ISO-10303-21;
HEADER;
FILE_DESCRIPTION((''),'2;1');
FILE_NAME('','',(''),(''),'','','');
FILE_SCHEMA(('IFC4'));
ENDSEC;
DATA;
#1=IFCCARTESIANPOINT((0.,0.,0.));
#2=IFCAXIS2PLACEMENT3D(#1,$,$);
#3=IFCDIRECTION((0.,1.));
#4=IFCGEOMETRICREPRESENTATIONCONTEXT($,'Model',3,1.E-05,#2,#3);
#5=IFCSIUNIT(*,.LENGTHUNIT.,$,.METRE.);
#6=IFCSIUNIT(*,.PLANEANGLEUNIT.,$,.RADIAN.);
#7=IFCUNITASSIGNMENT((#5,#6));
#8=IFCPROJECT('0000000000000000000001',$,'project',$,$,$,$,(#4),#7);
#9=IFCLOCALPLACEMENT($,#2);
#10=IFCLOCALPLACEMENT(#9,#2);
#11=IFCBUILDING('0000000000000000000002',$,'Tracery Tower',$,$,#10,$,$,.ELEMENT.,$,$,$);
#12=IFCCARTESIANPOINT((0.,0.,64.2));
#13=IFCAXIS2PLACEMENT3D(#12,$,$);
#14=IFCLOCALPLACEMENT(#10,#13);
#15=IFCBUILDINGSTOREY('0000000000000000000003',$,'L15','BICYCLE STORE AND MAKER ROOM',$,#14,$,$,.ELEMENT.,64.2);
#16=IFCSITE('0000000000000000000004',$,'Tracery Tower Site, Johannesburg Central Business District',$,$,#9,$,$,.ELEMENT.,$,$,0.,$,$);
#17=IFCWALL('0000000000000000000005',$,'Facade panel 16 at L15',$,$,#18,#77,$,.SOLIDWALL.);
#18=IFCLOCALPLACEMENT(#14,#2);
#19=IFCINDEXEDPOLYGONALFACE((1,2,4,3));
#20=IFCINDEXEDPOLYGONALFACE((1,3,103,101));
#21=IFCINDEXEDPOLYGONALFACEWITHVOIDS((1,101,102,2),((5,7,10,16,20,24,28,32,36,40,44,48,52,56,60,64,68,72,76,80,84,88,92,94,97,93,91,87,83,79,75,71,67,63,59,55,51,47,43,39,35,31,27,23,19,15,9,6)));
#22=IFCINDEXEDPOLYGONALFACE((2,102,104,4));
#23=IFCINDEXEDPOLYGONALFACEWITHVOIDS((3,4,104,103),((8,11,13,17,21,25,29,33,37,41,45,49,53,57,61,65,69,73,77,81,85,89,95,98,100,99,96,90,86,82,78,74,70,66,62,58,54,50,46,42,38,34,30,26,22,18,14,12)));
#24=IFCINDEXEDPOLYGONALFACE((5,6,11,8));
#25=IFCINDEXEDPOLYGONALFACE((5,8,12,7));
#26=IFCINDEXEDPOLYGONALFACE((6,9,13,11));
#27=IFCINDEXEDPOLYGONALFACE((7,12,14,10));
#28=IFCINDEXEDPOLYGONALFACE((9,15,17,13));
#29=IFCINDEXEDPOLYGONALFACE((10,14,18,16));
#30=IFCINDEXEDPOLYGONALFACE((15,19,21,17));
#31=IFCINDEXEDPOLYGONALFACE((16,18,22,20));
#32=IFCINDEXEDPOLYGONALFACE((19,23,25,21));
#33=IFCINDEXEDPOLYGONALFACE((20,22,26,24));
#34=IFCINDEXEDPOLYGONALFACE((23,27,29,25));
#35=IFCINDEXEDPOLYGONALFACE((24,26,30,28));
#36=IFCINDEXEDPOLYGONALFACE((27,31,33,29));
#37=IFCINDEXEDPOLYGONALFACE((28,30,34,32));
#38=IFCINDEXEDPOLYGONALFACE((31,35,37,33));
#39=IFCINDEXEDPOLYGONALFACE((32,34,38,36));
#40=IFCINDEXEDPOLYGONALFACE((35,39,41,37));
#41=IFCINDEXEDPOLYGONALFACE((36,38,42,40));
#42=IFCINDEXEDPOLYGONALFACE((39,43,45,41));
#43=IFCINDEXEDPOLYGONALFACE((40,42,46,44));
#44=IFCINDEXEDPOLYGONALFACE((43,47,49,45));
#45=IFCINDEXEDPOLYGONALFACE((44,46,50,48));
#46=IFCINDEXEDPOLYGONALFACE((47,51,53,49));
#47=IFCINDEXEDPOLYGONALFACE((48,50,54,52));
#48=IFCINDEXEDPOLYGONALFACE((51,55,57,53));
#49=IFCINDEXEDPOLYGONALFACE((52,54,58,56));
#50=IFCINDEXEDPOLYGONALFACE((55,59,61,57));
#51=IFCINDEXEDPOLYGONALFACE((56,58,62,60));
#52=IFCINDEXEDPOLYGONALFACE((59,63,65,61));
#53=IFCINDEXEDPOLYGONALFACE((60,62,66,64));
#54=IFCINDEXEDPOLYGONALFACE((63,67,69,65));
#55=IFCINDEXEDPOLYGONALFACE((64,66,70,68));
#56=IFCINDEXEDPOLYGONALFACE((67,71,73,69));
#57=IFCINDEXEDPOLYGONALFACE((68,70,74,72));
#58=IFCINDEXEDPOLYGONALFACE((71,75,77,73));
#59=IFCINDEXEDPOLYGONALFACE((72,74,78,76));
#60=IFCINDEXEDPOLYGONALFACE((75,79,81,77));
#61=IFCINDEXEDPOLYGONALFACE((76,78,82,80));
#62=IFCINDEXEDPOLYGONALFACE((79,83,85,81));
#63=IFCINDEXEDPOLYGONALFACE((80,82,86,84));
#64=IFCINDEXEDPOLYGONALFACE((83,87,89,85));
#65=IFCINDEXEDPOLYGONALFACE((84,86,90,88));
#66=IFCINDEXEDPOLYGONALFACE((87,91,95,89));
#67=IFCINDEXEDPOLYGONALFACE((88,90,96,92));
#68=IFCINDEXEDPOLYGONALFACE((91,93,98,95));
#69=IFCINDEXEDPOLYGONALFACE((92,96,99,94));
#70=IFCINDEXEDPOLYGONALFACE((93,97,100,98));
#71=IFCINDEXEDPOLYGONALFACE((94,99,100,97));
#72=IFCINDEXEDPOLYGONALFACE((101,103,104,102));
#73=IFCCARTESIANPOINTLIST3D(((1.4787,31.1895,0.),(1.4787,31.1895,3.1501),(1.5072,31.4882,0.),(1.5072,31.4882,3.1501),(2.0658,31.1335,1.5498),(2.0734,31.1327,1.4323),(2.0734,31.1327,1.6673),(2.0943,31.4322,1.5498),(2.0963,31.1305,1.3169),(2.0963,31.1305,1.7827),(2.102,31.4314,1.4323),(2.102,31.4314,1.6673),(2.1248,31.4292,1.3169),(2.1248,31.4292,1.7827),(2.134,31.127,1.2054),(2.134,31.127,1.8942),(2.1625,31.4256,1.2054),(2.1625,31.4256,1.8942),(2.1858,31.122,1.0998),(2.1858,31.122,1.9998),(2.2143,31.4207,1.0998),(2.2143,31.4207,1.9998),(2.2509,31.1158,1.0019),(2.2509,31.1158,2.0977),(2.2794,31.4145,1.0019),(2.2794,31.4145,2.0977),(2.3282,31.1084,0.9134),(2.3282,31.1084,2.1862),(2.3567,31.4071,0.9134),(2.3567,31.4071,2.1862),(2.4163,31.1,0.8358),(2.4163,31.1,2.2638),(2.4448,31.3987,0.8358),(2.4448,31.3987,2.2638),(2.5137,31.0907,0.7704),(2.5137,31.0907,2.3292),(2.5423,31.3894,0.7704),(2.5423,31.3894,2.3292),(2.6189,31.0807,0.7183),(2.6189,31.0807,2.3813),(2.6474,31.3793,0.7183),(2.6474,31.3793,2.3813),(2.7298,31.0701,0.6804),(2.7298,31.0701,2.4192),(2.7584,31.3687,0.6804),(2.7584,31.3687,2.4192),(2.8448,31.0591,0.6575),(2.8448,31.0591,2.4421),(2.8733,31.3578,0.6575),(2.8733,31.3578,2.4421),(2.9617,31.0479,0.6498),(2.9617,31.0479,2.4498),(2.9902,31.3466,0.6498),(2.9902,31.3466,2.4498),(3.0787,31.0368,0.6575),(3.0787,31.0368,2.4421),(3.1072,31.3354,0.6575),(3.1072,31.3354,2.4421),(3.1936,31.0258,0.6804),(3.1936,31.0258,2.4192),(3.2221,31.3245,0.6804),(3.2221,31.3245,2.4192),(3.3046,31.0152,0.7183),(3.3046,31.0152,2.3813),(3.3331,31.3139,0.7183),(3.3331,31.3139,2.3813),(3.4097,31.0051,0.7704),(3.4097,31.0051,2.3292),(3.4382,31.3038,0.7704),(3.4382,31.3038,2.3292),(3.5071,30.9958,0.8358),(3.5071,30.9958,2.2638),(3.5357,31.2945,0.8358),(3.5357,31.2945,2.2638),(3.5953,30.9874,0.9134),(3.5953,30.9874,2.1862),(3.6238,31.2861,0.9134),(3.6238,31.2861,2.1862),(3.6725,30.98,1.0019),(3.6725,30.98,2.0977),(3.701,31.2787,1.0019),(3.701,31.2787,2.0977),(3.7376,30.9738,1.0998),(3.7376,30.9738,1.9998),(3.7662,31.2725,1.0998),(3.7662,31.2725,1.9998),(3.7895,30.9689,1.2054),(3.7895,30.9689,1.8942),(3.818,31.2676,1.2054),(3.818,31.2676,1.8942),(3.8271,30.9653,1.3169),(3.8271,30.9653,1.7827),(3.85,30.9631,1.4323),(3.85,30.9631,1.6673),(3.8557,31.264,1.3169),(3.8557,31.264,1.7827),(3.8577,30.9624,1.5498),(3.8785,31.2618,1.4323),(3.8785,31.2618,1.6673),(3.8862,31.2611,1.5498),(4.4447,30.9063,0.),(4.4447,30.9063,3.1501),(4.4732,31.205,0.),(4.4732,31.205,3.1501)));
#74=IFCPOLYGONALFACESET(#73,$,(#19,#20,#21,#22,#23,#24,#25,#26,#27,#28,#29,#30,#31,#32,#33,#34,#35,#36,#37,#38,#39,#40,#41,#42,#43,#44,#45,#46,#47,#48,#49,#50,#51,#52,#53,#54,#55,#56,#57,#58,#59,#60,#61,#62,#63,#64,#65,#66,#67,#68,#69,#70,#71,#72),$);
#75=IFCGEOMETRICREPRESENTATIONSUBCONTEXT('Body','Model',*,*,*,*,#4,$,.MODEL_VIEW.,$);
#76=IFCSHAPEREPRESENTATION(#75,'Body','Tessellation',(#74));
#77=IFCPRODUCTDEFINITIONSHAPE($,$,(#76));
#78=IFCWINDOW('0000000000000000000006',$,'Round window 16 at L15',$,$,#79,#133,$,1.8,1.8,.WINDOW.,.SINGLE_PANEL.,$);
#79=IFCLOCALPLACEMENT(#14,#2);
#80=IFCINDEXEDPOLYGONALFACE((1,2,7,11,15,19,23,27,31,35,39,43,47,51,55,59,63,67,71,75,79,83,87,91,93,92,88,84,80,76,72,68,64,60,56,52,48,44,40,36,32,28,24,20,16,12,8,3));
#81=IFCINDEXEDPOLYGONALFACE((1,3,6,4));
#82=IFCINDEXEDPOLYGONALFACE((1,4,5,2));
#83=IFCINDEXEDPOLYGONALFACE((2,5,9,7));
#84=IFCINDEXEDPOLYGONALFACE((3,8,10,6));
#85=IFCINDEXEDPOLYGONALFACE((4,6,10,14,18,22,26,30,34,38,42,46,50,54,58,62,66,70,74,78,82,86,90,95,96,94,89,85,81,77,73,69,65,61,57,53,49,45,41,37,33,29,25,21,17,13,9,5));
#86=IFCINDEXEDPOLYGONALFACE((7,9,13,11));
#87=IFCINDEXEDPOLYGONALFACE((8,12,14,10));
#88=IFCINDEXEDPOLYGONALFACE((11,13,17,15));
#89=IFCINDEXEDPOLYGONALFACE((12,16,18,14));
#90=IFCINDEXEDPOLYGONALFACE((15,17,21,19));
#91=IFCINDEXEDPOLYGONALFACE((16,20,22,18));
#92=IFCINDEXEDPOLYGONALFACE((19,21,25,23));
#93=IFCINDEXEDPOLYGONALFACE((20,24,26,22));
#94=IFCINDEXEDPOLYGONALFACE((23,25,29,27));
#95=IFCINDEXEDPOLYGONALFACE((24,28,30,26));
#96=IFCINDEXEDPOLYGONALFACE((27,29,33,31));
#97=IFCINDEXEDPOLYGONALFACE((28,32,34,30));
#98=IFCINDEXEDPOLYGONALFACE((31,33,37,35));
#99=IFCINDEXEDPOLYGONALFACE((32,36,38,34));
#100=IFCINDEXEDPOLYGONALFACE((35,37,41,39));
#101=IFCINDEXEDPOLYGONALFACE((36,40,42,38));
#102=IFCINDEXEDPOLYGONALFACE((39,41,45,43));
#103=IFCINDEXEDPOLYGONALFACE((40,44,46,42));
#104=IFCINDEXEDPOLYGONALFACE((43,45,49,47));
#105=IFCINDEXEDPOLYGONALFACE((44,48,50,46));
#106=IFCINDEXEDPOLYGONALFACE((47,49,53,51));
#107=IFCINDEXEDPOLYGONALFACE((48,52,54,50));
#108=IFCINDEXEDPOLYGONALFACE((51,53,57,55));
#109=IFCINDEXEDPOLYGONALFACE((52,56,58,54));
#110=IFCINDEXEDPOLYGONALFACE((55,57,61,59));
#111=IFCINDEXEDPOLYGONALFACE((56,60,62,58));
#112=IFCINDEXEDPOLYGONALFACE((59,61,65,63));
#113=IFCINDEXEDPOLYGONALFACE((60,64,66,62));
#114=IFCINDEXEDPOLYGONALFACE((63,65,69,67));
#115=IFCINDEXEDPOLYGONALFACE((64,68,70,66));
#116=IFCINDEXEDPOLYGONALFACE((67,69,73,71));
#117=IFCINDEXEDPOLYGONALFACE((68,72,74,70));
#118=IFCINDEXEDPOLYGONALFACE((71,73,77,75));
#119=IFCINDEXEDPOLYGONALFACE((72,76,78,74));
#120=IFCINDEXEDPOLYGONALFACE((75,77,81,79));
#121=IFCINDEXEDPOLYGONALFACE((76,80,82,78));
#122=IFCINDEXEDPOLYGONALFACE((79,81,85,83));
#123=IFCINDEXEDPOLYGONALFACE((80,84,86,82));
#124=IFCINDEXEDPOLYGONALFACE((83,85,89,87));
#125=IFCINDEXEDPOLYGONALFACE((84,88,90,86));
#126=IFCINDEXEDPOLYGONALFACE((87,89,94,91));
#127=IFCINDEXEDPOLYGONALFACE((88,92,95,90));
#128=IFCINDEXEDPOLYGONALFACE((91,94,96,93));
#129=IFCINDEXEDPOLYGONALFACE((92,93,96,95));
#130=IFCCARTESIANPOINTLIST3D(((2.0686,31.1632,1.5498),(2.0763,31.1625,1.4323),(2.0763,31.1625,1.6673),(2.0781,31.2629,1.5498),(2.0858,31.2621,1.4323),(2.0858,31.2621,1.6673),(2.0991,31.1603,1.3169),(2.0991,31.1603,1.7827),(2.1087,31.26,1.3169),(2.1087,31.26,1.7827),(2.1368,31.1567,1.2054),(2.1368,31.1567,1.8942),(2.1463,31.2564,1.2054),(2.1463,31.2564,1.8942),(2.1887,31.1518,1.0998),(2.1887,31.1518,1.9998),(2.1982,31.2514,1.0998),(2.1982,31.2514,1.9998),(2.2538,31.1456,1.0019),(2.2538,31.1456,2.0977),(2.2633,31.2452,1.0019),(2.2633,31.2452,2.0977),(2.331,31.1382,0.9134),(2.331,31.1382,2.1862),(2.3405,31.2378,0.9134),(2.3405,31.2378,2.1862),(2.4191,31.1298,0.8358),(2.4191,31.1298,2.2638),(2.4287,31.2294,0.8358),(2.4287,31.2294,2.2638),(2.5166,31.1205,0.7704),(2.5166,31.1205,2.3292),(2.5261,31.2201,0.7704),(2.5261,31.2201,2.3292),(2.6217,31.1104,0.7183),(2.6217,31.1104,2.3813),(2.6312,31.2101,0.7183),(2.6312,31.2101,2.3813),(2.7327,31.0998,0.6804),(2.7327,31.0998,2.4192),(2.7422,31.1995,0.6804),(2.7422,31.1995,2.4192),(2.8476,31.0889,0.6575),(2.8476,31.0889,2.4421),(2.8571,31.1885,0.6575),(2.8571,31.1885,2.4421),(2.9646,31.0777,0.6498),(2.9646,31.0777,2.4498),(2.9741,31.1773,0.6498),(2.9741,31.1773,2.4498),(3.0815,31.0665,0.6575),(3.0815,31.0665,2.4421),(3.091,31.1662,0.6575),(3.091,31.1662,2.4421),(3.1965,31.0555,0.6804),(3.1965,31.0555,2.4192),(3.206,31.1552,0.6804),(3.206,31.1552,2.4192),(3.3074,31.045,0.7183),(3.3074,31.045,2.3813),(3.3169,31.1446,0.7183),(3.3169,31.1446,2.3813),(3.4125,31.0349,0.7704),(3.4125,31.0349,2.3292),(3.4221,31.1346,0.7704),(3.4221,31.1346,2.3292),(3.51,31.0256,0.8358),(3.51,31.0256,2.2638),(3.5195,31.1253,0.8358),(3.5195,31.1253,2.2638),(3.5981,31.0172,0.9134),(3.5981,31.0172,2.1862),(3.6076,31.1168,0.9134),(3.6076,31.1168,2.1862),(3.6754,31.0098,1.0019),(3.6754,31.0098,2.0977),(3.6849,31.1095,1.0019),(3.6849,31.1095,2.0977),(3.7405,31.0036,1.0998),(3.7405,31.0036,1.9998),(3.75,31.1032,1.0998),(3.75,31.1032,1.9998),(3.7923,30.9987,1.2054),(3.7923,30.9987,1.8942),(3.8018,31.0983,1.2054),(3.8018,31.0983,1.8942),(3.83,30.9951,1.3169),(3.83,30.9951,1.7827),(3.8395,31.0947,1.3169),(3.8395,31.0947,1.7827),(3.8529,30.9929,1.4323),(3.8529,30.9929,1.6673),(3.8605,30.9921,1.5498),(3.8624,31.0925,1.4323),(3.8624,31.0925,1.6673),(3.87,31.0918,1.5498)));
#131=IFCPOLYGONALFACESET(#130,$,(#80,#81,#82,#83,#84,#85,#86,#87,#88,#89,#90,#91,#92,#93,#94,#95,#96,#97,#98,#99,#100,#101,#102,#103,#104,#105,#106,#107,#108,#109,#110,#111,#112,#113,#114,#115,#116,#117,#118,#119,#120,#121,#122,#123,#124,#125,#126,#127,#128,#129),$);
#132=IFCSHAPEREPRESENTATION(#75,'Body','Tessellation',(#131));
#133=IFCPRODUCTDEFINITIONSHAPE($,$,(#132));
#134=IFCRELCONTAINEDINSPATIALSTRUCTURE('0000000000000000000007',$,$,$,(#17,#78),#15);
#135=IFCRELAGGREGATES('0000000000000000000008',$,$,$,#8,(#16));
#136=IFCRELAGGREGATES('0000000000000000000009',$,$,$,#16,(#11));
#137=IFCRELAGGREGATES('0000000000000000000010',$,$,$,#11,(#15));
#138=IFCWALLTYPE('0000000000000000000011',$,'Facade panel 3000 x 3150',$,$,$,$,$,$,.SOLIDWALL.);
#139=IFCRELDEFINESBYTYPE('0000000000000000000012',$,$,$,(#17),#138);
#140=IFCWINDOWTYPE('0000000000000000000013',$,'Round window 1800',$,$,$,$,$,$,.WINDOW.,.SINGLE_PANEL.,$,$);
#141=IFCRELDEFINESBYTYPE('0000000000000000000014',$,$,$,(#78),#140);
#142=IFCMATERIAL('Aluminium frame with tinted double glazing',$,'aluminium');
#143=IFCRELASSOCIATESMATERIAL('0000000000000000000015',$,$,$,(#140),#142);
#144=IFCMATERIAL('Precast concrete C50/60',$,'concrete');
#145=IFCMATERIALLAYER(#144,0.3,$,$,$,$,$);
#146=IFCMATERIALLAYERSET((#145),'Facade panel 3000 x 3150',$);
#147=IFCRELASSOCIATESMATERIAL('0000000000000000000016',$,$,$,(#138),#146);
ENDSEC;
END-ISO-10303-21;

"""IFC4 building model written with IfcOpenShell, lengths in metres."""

from ifc_helpers import new_model, si_unit, direction, frame, frame_2d, origin, origin_2d, place, context, subcontext, project, spatial, rectangle, circle, extrude, material, layer, layer_set, type_object, element, fill, save


model = new_model("IFC4")

# Units and contexts
model_context = context("Model", 3, precision=1e-05, world=origin(), true_north=direction((0.0, 1.0)))
body_context = subcontext(model_context, "Body", "Model", "MODEL_VIEW")
ifc_project = project(units=[si_unit("LENGTHUNIT", "METRE"), si_unit("PLANEANGLEUNIT", "RADIAN")], contexts=[model_context])

# Site, building, storey
site_placement = place(None, origin())
site = spatial("IfcSite", under=ifc_project, at=site_placement, Name="Tracery Tower Site, Johannesburg Central Business District", CompositionType="ELEMENT", RefElevation=0.0)
building_placement = place(site_placement, origin())
building = spatial("IfcBuilding", under=site, at=building_placement, Name="Tracery Tower", CompositionType="ELEMENT")
storey_placement = place(building_placement, frame((0.0, 0.0, 64.2)))
storey = spatial("IfcBuildingStorey", under=building, at=storey_placement, Name="L15", Description="BICYCLE STORE AND MAKER ROOM", CompositionType="ELEMENT", Elevation=64.2)

# Wall, opening, window
ifc_material_1 = material(Name="Aluminium frame with tinted double glazing", Category="aluminium")
window_type = type_object("IfcWindowType", Name="Round window 1800", PartitioningType="SINGLE_PANEL", PredefinedType="WINDOW", material=ifc_material_1)
ifc_material_2 = material(Name="Precast concrete C50/60", Category="concrete")
ifc_layer_1 = layer(ifc_material_2, 0.3)
ifc_layer_set_1 = layer_set([ifc_layer_1], Name="Facade panel 3000 x 3150")
wall_type_1 = type_object("IfcWallType", Name="Facade panel 3000 x 3150", PredefinedType="SOLIDWALL", material=ifc_layer_set_1)
wall_1_placement = place(storey_placement, frame((4.459, 31.0557, 0.0), z_axis=(0.0, 0.0, 1.0), x_axis=(-0.995473, 0.095049, 0.0)))
wall_1 = element("IfcWall", 1, at=wall_1_placement, inside=storey, type_object=wall_type_1, Name="Facade panel 16 at L15", PredefinedType="SOLIDWALL", context=body_context, shape_type="SweptSolid", body=[
    extrude(rectangle(XDim=2.9795, YDim=0.3, at=frame_2d((1.4897, 0.0))), origin(), (0.0, 0.0, 1.0), 3.1501),
])
opening_1_placement = place(wall_1_placement, frame((1.4897, 0.0, 1.5498)))
opening_1 = element("IfcOpeningElement", 2, at=opening_1_placement, cuts=wall_1, PredefinedType="OPENING", context=body_context, shape_type="SweptSolid", body=[
    extrude(circle(Radius=0.9, at=origin_2d()), frame((0.0, 0.1599, 0.0), z_axis=(0.0, -1.0, 0.0), x_axis=(1.0, 0.0, 0.0)), (0.0, 0.0, 1.0), 0.3201),
])
window_1_placement = place(opening_1_placement, origin())
window_1 = element("IfcWindow", 3, at=window_1_placement, inside=storey, type_object=window_type, Name="Round window 16 at L15", OverallHeight=1.8, OverallWidth=1.8, PartitioningType="SINGLE_PANEL", PredefinedType="WINDOW", context=body_context, shape_type="SweptSolid", body=[
    extrude(circle(Radius=0.9, at=origin_2d()), frame((0.0, 0.1201, 0.0), z_axis=(0.0, -1.0, 0.0), x_axis=(1.0, 0.0, 0.0)), (0.0, 0.0, 1.0), 0.1001),
])
fill(opening_1, window_1)

save(model, "model.ifc")
